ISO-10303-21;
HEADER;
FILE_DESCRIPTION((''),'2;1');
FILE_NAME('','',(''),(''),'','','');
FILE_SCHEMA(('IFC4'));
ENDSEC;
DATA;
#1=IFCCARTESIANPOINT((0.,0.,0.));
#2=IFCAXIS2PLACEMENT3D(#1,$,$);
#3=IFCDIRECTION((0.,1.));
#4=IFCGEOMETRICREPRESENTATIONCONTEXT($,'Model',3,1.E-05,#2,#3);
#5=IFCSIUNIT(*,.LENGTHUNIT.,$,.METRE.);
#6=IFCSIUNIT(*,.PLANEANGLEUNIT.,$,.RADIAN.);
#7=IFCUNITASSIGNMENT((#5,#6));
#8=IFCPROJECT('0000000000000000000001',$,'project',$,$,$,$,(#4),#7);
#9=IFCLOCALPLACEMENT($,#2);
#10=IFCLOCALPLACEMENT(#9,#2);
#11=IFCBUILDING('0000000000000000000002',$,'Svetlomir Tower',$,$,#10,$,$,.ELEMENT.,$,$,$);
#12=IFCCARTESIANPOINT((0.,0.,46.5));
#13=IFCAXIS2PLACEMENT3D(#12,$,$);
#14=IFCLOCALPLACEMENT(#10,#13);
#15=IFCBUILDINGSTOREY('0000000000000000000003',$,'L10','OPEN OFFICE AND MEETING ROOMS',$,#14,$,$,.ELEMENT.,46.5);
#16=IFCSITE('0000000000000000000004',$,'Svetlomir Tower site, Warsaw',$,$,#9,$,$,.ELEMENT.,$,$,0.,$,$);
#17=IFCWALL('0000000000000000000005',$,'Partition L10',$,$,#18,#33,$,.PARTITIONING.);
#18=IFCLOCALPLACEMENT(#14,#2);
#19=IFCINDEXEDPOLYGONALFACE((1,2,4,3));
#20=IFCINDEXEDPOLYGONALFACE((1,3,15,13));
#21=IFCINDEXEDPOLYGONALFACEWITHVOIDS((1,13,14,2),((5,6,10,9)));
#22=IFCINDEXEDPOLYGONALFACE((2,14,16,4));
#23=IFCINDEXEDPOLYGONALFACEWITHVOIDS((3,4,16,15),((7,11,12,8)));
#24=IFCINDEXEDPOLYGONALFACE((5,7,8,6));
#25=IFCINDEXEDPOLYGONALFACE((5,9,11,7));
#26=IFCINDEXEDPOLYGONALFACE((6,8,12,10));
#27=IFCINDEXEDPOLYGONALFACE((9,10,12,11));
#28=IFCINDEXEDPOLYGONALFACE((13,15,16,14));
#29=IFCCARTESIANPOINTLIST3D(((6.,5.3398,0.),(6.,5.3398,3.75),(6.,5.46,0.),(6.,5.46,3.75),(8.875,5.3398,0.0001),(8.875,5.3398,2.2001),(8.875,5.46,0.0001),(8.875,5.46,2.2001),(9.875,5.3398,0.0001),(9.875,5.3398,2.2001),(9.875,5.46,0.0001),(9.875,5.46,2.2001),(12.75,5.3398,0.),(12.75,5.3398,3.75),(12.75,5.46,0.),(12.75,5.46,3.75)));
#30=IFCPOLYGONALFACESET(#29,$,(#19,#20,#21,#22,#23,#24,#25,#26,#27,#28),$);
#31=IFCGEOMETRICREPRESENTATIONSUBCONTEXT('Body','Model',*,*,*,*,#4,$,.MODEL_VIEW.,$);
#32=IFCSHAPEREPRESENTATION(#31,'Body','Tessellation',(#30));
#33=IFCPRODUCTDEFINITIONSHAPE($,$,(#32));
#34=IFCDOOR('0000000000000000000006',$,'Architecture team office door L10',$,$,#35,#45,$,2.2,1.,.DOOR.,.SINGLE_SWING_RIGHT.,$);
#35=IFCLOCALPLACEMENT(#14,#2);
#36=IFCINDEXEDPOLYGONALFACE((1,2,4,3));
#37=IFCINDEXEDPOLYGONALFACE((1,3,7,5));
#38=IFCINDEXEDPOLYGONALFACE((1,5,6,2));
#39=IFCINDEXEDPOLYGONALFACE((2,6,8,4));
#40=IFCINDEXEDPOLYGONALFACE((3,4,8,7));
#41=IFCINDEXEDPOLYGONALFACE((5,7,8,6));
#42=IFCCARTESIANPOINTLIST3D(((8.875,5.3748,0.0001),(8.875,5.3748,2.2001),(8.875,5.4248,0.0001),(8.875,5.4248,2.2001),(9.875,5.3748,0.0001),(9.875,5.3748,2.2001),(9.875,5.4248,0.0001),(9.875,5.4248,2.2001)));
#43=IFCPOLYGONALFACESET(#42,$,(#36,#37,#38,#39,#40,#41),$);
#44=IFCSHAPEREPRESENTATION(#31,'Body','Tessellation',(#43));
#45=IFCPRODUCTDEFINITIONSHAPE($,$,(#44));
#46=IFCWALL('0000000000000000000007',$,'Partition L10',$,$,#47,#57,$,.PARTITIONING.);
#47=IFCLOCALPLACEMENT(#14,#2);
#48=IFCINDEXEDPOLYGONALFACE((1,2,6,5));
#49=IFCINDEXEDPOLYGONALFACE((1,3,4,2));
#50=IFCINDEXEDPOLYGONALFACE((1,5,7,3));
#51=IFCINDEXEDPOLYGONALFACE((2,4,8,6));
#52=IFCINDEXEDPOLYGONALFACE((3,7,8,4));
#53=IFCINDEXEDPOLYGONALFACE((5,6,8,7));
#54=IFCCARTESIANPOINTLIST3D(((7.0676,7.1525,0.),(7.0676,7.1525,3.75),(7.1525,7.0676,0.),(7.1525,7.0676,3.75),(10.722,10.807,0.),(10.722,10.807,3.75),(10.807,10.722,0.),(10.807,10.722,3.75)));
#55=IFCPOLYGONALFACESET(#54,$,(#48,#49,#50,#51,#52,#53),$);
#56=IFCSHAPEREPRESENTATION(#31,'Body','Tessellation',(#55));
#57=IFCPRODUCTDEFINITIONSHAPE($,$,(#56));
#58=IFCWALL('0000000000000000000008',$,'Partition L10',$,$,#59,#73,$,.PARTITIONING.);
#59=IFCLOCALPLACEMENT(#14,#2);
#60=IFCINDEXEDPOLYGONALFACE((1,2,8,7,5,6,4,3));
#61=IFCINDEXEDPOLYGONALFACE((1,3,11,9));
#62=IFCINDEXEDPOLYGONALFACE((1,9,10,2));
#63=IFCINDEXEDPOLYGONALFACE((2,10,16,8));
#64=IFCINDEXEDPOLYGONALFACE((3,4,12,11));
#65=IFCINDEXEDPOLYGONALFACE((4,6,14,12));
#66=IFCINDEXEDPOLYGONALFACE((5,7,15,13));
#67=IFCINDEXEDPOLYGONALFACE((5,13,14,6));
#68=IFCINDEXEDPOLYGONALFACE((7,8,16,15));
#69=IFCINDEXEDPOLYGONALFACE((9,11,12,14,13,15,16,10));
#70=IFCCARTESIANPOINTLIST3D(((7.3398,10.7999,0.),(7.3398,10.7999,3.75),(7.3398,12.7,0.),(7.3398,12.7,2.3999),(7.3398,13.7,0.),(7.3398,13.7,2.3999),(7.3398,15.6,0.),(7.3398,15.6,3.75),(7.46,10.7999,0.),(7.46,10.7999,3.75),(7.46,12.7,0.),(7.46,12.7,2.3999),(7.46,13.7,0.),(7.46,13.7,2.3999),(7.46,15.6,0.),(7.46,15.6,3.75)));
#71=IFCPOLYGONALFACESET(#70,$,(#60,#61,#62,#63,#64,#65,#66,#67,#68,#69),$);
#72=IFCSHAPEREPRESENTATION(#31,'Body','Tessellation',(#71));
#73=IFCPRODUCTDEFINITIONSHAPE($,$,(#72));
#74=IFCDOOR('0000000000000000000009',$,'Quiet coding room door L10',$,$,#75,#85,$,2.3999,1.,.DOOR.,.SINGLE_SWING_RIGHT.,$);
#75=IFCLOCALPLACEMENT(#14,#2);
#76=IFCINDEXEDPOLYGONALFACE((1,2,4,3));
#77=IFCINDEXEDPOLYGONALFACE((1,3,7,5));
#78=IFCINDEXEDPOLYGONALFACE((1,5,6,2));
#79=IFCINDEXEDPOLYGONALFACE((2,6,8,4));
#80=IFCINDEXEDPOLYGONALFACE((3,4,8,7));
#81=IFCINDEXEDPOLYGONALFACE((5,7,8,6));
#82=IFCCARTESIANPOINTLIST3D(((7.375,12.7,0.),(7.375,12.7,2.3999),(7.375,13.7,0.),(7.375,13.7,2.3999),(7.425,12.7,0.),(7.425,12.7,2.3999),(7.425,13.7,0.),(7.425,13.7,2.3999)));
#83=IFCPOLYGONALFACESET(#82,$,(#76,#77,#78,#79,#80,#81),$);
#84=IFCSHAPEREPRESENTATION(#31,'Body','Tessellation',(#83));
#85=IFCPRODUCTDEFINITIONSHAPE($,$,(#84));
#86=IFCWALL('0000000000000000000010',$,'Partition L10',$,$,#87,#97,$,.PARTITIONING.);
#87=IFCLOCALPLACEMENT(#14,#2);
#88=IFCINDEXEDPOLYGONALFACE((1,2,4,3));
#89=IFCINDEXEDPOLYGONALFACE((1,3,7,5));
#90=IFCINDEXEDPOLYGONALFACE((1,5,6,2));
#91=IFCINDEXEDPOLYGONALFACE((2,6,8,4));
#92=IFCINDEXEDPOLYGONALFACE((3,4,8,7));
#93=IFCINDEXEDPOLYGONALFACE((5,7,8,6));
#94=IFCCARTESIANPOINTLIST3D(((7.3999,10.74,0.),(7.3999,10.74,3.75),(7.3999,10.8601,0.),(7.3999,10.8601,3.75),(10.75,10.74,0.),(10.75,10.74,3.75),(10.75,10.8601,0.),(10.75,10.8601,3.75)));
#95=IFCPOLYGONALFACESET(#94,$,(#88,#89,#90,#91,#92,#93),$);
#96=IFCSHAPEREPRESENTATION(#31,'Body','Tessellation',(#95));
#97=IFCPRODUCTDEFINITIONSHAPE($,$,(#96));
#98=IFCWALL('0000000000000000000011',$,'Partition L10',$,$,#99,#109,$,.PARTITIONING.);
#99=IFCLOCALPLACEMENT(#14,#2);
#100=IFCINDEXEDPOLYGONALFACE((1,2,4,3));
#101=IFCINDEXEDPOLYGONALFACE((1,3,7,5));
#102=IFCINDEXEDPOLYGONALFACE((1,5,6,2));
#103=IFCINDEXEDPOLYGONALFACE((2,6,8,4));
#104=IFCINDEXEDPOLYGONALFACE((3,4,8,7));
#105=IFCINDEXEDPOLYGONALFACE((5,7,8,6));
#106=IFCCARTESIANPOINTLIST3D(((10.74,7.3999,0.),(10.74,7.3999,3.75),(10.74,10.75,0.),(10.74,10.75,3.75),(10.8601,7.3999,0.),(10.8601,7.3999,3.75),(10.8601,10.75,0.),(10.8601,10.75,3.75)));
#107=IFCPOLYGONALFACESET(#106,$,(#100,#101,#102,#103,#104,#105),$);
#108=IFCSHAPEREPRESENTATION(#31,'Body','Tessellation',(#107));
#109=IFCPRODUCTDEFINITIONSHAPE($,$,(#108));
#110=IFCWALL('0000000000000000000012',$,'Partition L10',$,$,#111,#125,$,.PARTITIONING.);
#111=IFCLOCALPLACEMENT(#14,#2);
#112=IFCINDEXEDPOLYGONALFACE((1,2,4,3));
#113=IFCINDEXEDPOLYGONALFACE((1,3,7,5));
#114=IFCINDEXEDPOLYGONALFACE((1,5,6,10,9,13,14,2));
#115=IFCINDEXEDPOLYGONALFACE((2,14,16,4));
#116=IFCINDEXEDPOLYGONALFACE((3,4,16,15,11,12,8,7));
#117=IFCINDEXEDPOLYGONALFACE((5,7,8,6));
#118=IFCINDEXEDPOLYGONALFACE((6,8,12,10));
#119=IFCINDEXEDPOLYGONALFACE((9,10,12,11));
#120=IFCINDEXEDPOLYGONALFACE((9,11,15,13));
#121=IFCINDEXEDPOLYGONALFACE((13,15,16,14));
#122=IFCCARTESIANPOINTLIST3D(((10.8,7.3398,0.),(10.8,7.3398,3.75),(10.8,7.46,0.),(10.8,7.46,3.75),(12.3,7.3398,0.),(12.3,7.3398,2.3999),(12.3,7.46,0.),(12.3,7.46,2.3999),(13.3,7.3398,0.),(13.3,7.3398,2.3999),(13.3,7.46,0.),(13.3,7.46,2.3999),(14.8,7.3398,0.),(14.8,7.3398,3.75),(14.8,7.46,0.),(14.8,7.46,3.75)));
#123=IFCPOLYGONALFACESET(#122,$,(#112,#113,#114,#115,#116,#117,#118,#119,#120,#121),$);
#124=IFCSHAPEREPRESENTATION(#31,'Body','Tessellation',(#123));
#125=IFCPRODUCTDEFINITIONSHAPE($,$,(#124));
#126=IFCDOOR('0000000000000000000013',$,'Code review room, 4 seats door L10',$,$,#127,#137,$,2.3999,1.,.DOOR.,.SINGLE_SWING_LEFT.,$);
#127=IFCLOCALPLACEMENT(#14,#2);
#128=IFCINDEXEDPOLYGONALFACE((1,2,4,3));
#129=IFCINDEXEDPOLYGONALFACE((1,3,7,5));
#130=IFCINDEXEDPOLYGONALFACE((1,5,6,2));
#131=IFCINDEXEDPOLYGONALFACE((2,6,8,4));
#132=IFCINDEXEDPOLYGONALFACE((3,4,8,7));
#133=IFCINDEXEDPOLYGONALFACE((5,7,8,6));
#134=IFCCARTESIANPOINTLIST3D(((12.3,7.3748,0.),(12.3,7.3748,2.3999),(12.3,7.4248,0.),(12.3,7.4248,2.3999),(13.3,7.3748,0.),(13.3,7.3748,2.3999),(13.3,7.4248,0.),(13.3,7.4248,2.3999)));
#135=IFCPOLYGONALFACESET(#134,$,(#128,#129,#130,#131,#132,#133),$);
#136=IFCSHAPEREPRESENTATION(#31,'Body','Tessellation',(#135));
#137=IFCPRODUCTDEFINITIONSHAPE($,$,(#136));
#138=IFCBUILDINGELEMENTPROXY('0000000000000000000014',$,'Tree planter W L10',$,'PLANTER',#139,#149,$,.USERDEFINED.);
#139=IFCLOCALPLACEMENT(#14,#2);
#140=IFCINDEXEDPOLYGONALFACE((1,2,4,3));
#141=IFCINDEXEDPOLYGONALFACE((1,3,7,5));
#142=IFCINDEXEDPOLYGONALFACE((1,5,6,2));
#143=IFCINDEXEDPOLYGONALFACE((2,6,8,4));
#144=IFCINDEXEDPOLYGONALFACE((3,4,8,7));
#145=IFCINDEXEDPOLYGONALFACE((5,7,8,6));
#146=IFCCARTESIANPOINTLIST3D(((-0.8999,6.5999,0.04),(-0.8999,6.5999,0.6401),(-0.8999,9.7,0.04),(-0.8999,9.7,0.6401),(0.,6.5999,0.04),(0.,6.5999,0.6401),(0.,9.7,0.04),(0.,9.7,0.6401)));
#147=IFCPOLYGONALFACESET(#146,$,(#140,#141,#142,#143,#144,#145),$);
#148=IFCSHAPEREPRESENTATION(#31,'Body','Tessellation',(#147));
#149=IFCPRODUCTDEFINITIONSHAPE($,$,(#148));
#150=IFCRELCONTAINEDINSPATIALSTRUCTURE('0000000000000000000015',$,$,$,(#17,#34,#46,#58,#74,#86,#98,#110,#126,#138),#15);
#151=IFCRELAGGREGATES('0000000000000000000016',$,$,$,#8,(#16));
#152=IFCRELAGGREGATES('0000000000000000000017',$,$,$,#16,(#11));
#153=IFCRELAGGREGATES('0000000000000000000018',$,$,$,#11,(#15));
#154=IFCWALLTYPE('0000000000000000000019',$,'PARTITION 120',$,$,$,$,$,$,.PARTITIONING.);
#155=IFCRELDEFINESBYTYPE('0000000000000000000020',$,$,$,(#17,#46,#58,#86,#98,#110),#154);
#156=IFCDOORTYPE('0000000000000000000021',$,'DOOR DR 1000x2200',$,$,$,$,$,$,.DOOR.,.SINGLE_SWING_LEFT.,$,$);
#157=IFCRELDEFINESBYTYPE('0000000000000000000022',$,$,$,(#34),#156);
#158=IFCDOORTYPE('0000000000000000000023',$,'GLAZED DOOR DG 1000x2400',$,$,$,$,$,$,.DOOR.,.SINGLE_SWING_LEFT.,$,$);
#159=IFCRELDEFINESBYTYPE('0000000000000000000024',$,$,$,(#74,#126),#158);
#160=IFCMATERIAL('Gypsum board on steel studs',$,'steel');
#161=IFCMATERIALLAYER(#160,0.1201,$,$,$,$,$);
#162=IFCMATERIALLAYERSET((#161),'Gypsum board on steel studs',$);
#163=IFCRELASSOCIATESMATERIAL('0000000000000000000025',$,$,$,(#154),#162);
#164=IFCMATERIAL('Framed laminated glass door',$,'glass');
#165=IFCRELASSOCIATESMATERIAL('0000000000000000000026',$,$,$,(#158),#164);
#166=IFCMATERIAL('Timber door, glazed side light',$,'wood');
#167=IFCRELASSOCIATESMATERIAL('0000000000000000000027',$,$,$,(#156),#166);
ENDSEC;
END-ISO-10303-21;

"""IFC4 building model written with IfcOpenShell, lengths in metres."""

from ifc_helpers import new_model, si_unit, direction, frame, frame_2d, origin, origin_2d, place, context, subcontext, project, spatial, rectangle, extrude, material, layer, layer_set, type_object, element, fill, save


model = new_model("IFC4")

# Units and contexts
model_context = context("Model", 3, precision=1e-05, world=origin(), true_north=direction((0.0, 1.0)))
body_context = subcontext(model_context, "Body", "Model", "MODEL_VIEW")
ifc_project = project(units=[si_unit("LENGTHUNIT", "METRE"), si_unit("PLANEANGLEUNIT", "RADIAN")], contexts=[model_context])

# Site, building, storey
site_placement = place(None, origin())
site = spatial("IfcSite", under=ifc_project, at=site_placement, Name="Svetlomir Tower site, Warsaw", CompositionType="ELEMENT", RefElevation=0.0)
building_placement = place(site_placement, origin())
building = spatial("IfcBuilding", under=site, at=building_placement, Name="Svetlomir Tower", CompositionType="ELEMENT")
storey_placement = place(building_placement, frame((0.0, 0.0, 46.5)))
storey = spatial("IfcBuildingStorey", under=building, at=storey_placement, Name="L10", Description="OPEN OFFICE AND MEETING ROOMS", CompositionType="ELEMENT", Elevation=46.5)

# Wall, opening, door
ifc_material_1 = material(Name="Gypsum board on steel studs", Category="steel")
ifc_layer_1 = layer(ifc_material_1, 0.1201)
ifc_layer_set_1 = layer_set([ifc_layer_1], Name="Gypsum board on steel studs")
wall_type_1 = type_object("IfcWallType", Name="PARTITION 120", PredefinedType="PARTITIONING", material=ifc_layer_set_1)
ifc_material_2 = material(Name="Framed laminated glass door", Category="glass")
door_type_1 = type_object("IfcDoorType", Name="GLAZED DOOR DG 1000x2400", OperationType="SINGLE_SWING_LEFT", PredefinedType="DOOR", material=ifc_material_2)
wall_1_placement = place(storey_placement, frame((6.0, 5.3999, 0.0), z_axis=(0.0, 0.0, 1.0), x_axis=(1.0, 0.0, 0.0)))
wall_1 = element("IfcWall", 1, at=wall_1_placement, inside=storey, type_object=wall_type_1, Name="Partition L10", PredefinedType="PARTITIONING", context=body_context, shape_type="SweptSolid", body=[
    extrude(rectangle(XDim=6.75, YDim=0.1201, at=frame_2d((3.375, 0.0))), origin(), (0.0, 0.0, 1.0), 3.75),
])
opening_1_placement = place(wall_1_placement, frame((2.875, 0.0, 0.0)))
opening_1 = element("IfcOpeningElement", 2, at=opening_1_placement, cuts=wall_1, PredefinedType="OPENING", context=body_context, shape_type="SweptSolid", body=[
    extrude(rectangle(XDim=1.0, YDim=2.2, at=frame_2d((0.5, 1.1001))), frame((0.0, 0.0701, 0.0), z_axis=(0.0, -1.0, 0.0), x_axis=(1.0, 0.0, 0.0)), (0.0, 0.0, 1.0), 0.1401),
])
ifc_material_3 = material(Name="Timber door, glazed side light", Category="wood")
door_type_2 = type_object("IfcDoorType", Name="DOOR DR 1000x2200", OperationType="SINGLE_SWING_LEFT", PredefinedType="DOOR", material=ifc_material_3)
door_1_placement = place(opening_1_placement, origin())
door_1 = element("IfcDoor", 3, at=door_1_placement, inside=storey, type_object=door_type_2, Name="Architecture team office door L10", OperationType="SINGLE_SWING_RIGHT", OverallHeight=2.2, OverallWidth=1.0, PredefinedType="DOOR", context=body_context, shape_type="SweptSolid", body=[
    extrude(rectangle(XDim=1.0, YDim=2.2, at=frame_2d((0.5, 1.1001))), frame((0.0, 0.0249, 0.0), z_axis=(0.0, -1.0, 0.0), x_axis=(1.0, 0.0, 0.0)), (0.0, 0.0, 1.0), 0.05),
])
fill(opening_1, door_1)

# Wall
wall_2_placement = place(storey_placement, frame((7.1101, 7.1101, 0.0), z_axis=(0.0, 0.0, 1.0), x_axis=(0.707107, 0.707107, 0.0)))
element("IfcWall", 4, at=wall_2_placement, inside=storey, type_object=wall_type_1, Name="Partition L10", PredefinedType="PARTITIONING", context=body_context, shape_type="SweptSolid", body=[
    extrude(rectangle(XDim=5.1682, YDim=0.1201, at=frame_2d((2.584, 0.0))), origin(), (0.0, 0.0, 1.0), 3.75),
])

# Wall, opening, door
wall_3_placement = place(storey_placement, frame((7.3999, 10.8, 0.0), z_axis=(0.0, 0.0, 1.0), x_axis=(0.0, 1.0, 0.0)))
wall_3 = element("IfcWall", 5, at=wall_3_placement, inside=storey, type_object=wall_type_1, Name="Partition L10", PredefinedType="PARTITIONING", context=body_context, shape_type="SweptSolid", body=[
    extrude(rectangle(XDim=4.8, YDim=0.1201, at=frame_2d((2.3999, 0.0))), origin(), (0.0, 0.0, 1.0), 3.75),
])
opening_2_placement = place(wall_3_placement, frame((1.8999, 0.0, 0.0)))
opening_2 = element("IfcOpeningElement", 6, at=opening_2_placement, cuts=wall_3, PredefinedType="OPENING", context=body_context, shape_type="SweptSolid", body=[
    extrude(rectangle(XDim=1.0, YDim=2.3999, at=frame_2d((0.5, 1.2))), frame((0.0, 0.0701, 0.0), z_axis=(0.0, -1.0, 0.0), x_axis=(1.0, 0.0, 0.0)), (0.0, 0.0, 1.0), 0.1401),
])
door_2_placement = place(opening_2_placement, origin())
door_2 = element("IfcDoor", 7, at=door_2_placement, inside=storey, type_object=door_type_1, Name="Quiet coding room door L10", OperationType="SINGLE_SWING_RIGHT", OverallHeight=2.3999, OverallWidth=1.0, PredefinedType="DOOR", context=body_context, shape_type="SweptSolid", body=[
    extrude(rectangle(XDim=1.0, YDim=2.3999, at=frame_2d((0.5, 1.2))), frame((0.0, 0.0249, 0.0), z_axis=(0.0, -1.0, 0.0), x_axis=(1.0, 0.0, 0.0)), (0.0, 0.0, 1.0), 0.05),
])
fill(opening_2, door_2)

# Walls
for number, where, z_axis, x_axis, name in (
    (8, (7.3999, 10.8, 0.0), (0.0, 0.0, 1.0), (1.0, 0.0, 0.0), "Partition L10"),
    (9, (10.8, 7.3999, 0.0), (0.0, 0.0, 1.0), (0.0, 1.0, 0.0), "Partition L10"),
):
    element("IfcWall", number, at=place(storey_placement, frame(where, z_axis=z_axis, x_axis=x_axis)), inside=storey, type_object=wall_type_1, Name=name, PredefinedType="PARTITIONING", context=body_context, shape_type="SweptSolid", body=[
        extrude(rectangle(XDim=3.3501, YDim=0.1201, at=frame_2d((1.675, 0.0))), origin(), (0.0, 0.0, 1.0), 3.75),
    ])

# Wall, opening, door
wall_4_placement = place(storey_placement, frame((10.8, 7.3999, 0.0), z_axis=(0.0, 0.0, 1.0), x_axis=(1.0, 0.0, 0.0)))
wall_4 = element("IfcWall", 10, at=wall_4_placement, inside=storey, type_object=wall_type_1, Name="Partition L10", PredefinedType="PARTITIONING", context=body_context, shape_type="SweptSolid", body=[
    extrude(rectangle(XDim=4.0, YDim=0.1201, at=frame_2d((2.0, 0.0))), origin(), (0.0, 0.0, 1.0), 3.75),
])
opening_3_placement = place(wall_4_placement, frame((1.5, 0.0, 0.0)))
opening_3 = element("IfcOpeningElement", 11, at=opening_3_placement, cuts=wall_4, PredefinedType="OPENING", context=body_context, shape_type="SweptSolid", body=[
    extrude(rectangle(XDim=1.0, YDim=2.3999, at=frame_2d((0.5, 1.2))), frame((0.0, 0.0701, 0.0), z_axis=(0.0, -1.0, 0.0), x_axis=(1.0, 0.0, 0.0)), (0.0, 0.0, 1.0), 0.1401),
])
door_3_placement = place(opening_3_placement, origin())
door_3 = element("IfcDoor", 12, at=door_3_placement, inside=storey, type_object=door_type_1, Name="Code review room, 4 seats door L10", OperationType="SINGLE_SWING_LEFT", OverallHeight=2.3999, OverallWidth=1.0, PredefinedType="DOOR", context=body_context, shape_type="SweptSolid", body=[
    extrude(rectangle(XDim=1.0, YDim=2.3999, at=frame_2d((0.5, 1.2))), frame((0.0, 0.0249, 0.0), z_axis=(0.0, -1.0, 0.0), x_axis=(1.0, 0.0, 0.0)), (0.0, 0.0, 1.0), 0.05),
])
fill(opening_3, door_3)

# Building element proxy
proxy_placement = place(storey_placement, frame((-0.45, 8.1499, 0.04), z_axis=(0.0, 0.0, 1.0), x_axis=(1.0, 0.0, 0.0)))
element("IfcBuildingElementProxy", 13, at=proxy_placement, inside=storey, Name="Tree planter W L10", ObjectType="PLANTER", PredefinedType="USERDEFINED", context=body_context, shape_type="SweptSolid", body=[
    extrude(rectangle(XDim=0.8999, YDim=3.1001, at=origin_2d()), origin(), (0.0, 0.0, 1.0), 0.6001),
])

save(model, "model.ifc")
